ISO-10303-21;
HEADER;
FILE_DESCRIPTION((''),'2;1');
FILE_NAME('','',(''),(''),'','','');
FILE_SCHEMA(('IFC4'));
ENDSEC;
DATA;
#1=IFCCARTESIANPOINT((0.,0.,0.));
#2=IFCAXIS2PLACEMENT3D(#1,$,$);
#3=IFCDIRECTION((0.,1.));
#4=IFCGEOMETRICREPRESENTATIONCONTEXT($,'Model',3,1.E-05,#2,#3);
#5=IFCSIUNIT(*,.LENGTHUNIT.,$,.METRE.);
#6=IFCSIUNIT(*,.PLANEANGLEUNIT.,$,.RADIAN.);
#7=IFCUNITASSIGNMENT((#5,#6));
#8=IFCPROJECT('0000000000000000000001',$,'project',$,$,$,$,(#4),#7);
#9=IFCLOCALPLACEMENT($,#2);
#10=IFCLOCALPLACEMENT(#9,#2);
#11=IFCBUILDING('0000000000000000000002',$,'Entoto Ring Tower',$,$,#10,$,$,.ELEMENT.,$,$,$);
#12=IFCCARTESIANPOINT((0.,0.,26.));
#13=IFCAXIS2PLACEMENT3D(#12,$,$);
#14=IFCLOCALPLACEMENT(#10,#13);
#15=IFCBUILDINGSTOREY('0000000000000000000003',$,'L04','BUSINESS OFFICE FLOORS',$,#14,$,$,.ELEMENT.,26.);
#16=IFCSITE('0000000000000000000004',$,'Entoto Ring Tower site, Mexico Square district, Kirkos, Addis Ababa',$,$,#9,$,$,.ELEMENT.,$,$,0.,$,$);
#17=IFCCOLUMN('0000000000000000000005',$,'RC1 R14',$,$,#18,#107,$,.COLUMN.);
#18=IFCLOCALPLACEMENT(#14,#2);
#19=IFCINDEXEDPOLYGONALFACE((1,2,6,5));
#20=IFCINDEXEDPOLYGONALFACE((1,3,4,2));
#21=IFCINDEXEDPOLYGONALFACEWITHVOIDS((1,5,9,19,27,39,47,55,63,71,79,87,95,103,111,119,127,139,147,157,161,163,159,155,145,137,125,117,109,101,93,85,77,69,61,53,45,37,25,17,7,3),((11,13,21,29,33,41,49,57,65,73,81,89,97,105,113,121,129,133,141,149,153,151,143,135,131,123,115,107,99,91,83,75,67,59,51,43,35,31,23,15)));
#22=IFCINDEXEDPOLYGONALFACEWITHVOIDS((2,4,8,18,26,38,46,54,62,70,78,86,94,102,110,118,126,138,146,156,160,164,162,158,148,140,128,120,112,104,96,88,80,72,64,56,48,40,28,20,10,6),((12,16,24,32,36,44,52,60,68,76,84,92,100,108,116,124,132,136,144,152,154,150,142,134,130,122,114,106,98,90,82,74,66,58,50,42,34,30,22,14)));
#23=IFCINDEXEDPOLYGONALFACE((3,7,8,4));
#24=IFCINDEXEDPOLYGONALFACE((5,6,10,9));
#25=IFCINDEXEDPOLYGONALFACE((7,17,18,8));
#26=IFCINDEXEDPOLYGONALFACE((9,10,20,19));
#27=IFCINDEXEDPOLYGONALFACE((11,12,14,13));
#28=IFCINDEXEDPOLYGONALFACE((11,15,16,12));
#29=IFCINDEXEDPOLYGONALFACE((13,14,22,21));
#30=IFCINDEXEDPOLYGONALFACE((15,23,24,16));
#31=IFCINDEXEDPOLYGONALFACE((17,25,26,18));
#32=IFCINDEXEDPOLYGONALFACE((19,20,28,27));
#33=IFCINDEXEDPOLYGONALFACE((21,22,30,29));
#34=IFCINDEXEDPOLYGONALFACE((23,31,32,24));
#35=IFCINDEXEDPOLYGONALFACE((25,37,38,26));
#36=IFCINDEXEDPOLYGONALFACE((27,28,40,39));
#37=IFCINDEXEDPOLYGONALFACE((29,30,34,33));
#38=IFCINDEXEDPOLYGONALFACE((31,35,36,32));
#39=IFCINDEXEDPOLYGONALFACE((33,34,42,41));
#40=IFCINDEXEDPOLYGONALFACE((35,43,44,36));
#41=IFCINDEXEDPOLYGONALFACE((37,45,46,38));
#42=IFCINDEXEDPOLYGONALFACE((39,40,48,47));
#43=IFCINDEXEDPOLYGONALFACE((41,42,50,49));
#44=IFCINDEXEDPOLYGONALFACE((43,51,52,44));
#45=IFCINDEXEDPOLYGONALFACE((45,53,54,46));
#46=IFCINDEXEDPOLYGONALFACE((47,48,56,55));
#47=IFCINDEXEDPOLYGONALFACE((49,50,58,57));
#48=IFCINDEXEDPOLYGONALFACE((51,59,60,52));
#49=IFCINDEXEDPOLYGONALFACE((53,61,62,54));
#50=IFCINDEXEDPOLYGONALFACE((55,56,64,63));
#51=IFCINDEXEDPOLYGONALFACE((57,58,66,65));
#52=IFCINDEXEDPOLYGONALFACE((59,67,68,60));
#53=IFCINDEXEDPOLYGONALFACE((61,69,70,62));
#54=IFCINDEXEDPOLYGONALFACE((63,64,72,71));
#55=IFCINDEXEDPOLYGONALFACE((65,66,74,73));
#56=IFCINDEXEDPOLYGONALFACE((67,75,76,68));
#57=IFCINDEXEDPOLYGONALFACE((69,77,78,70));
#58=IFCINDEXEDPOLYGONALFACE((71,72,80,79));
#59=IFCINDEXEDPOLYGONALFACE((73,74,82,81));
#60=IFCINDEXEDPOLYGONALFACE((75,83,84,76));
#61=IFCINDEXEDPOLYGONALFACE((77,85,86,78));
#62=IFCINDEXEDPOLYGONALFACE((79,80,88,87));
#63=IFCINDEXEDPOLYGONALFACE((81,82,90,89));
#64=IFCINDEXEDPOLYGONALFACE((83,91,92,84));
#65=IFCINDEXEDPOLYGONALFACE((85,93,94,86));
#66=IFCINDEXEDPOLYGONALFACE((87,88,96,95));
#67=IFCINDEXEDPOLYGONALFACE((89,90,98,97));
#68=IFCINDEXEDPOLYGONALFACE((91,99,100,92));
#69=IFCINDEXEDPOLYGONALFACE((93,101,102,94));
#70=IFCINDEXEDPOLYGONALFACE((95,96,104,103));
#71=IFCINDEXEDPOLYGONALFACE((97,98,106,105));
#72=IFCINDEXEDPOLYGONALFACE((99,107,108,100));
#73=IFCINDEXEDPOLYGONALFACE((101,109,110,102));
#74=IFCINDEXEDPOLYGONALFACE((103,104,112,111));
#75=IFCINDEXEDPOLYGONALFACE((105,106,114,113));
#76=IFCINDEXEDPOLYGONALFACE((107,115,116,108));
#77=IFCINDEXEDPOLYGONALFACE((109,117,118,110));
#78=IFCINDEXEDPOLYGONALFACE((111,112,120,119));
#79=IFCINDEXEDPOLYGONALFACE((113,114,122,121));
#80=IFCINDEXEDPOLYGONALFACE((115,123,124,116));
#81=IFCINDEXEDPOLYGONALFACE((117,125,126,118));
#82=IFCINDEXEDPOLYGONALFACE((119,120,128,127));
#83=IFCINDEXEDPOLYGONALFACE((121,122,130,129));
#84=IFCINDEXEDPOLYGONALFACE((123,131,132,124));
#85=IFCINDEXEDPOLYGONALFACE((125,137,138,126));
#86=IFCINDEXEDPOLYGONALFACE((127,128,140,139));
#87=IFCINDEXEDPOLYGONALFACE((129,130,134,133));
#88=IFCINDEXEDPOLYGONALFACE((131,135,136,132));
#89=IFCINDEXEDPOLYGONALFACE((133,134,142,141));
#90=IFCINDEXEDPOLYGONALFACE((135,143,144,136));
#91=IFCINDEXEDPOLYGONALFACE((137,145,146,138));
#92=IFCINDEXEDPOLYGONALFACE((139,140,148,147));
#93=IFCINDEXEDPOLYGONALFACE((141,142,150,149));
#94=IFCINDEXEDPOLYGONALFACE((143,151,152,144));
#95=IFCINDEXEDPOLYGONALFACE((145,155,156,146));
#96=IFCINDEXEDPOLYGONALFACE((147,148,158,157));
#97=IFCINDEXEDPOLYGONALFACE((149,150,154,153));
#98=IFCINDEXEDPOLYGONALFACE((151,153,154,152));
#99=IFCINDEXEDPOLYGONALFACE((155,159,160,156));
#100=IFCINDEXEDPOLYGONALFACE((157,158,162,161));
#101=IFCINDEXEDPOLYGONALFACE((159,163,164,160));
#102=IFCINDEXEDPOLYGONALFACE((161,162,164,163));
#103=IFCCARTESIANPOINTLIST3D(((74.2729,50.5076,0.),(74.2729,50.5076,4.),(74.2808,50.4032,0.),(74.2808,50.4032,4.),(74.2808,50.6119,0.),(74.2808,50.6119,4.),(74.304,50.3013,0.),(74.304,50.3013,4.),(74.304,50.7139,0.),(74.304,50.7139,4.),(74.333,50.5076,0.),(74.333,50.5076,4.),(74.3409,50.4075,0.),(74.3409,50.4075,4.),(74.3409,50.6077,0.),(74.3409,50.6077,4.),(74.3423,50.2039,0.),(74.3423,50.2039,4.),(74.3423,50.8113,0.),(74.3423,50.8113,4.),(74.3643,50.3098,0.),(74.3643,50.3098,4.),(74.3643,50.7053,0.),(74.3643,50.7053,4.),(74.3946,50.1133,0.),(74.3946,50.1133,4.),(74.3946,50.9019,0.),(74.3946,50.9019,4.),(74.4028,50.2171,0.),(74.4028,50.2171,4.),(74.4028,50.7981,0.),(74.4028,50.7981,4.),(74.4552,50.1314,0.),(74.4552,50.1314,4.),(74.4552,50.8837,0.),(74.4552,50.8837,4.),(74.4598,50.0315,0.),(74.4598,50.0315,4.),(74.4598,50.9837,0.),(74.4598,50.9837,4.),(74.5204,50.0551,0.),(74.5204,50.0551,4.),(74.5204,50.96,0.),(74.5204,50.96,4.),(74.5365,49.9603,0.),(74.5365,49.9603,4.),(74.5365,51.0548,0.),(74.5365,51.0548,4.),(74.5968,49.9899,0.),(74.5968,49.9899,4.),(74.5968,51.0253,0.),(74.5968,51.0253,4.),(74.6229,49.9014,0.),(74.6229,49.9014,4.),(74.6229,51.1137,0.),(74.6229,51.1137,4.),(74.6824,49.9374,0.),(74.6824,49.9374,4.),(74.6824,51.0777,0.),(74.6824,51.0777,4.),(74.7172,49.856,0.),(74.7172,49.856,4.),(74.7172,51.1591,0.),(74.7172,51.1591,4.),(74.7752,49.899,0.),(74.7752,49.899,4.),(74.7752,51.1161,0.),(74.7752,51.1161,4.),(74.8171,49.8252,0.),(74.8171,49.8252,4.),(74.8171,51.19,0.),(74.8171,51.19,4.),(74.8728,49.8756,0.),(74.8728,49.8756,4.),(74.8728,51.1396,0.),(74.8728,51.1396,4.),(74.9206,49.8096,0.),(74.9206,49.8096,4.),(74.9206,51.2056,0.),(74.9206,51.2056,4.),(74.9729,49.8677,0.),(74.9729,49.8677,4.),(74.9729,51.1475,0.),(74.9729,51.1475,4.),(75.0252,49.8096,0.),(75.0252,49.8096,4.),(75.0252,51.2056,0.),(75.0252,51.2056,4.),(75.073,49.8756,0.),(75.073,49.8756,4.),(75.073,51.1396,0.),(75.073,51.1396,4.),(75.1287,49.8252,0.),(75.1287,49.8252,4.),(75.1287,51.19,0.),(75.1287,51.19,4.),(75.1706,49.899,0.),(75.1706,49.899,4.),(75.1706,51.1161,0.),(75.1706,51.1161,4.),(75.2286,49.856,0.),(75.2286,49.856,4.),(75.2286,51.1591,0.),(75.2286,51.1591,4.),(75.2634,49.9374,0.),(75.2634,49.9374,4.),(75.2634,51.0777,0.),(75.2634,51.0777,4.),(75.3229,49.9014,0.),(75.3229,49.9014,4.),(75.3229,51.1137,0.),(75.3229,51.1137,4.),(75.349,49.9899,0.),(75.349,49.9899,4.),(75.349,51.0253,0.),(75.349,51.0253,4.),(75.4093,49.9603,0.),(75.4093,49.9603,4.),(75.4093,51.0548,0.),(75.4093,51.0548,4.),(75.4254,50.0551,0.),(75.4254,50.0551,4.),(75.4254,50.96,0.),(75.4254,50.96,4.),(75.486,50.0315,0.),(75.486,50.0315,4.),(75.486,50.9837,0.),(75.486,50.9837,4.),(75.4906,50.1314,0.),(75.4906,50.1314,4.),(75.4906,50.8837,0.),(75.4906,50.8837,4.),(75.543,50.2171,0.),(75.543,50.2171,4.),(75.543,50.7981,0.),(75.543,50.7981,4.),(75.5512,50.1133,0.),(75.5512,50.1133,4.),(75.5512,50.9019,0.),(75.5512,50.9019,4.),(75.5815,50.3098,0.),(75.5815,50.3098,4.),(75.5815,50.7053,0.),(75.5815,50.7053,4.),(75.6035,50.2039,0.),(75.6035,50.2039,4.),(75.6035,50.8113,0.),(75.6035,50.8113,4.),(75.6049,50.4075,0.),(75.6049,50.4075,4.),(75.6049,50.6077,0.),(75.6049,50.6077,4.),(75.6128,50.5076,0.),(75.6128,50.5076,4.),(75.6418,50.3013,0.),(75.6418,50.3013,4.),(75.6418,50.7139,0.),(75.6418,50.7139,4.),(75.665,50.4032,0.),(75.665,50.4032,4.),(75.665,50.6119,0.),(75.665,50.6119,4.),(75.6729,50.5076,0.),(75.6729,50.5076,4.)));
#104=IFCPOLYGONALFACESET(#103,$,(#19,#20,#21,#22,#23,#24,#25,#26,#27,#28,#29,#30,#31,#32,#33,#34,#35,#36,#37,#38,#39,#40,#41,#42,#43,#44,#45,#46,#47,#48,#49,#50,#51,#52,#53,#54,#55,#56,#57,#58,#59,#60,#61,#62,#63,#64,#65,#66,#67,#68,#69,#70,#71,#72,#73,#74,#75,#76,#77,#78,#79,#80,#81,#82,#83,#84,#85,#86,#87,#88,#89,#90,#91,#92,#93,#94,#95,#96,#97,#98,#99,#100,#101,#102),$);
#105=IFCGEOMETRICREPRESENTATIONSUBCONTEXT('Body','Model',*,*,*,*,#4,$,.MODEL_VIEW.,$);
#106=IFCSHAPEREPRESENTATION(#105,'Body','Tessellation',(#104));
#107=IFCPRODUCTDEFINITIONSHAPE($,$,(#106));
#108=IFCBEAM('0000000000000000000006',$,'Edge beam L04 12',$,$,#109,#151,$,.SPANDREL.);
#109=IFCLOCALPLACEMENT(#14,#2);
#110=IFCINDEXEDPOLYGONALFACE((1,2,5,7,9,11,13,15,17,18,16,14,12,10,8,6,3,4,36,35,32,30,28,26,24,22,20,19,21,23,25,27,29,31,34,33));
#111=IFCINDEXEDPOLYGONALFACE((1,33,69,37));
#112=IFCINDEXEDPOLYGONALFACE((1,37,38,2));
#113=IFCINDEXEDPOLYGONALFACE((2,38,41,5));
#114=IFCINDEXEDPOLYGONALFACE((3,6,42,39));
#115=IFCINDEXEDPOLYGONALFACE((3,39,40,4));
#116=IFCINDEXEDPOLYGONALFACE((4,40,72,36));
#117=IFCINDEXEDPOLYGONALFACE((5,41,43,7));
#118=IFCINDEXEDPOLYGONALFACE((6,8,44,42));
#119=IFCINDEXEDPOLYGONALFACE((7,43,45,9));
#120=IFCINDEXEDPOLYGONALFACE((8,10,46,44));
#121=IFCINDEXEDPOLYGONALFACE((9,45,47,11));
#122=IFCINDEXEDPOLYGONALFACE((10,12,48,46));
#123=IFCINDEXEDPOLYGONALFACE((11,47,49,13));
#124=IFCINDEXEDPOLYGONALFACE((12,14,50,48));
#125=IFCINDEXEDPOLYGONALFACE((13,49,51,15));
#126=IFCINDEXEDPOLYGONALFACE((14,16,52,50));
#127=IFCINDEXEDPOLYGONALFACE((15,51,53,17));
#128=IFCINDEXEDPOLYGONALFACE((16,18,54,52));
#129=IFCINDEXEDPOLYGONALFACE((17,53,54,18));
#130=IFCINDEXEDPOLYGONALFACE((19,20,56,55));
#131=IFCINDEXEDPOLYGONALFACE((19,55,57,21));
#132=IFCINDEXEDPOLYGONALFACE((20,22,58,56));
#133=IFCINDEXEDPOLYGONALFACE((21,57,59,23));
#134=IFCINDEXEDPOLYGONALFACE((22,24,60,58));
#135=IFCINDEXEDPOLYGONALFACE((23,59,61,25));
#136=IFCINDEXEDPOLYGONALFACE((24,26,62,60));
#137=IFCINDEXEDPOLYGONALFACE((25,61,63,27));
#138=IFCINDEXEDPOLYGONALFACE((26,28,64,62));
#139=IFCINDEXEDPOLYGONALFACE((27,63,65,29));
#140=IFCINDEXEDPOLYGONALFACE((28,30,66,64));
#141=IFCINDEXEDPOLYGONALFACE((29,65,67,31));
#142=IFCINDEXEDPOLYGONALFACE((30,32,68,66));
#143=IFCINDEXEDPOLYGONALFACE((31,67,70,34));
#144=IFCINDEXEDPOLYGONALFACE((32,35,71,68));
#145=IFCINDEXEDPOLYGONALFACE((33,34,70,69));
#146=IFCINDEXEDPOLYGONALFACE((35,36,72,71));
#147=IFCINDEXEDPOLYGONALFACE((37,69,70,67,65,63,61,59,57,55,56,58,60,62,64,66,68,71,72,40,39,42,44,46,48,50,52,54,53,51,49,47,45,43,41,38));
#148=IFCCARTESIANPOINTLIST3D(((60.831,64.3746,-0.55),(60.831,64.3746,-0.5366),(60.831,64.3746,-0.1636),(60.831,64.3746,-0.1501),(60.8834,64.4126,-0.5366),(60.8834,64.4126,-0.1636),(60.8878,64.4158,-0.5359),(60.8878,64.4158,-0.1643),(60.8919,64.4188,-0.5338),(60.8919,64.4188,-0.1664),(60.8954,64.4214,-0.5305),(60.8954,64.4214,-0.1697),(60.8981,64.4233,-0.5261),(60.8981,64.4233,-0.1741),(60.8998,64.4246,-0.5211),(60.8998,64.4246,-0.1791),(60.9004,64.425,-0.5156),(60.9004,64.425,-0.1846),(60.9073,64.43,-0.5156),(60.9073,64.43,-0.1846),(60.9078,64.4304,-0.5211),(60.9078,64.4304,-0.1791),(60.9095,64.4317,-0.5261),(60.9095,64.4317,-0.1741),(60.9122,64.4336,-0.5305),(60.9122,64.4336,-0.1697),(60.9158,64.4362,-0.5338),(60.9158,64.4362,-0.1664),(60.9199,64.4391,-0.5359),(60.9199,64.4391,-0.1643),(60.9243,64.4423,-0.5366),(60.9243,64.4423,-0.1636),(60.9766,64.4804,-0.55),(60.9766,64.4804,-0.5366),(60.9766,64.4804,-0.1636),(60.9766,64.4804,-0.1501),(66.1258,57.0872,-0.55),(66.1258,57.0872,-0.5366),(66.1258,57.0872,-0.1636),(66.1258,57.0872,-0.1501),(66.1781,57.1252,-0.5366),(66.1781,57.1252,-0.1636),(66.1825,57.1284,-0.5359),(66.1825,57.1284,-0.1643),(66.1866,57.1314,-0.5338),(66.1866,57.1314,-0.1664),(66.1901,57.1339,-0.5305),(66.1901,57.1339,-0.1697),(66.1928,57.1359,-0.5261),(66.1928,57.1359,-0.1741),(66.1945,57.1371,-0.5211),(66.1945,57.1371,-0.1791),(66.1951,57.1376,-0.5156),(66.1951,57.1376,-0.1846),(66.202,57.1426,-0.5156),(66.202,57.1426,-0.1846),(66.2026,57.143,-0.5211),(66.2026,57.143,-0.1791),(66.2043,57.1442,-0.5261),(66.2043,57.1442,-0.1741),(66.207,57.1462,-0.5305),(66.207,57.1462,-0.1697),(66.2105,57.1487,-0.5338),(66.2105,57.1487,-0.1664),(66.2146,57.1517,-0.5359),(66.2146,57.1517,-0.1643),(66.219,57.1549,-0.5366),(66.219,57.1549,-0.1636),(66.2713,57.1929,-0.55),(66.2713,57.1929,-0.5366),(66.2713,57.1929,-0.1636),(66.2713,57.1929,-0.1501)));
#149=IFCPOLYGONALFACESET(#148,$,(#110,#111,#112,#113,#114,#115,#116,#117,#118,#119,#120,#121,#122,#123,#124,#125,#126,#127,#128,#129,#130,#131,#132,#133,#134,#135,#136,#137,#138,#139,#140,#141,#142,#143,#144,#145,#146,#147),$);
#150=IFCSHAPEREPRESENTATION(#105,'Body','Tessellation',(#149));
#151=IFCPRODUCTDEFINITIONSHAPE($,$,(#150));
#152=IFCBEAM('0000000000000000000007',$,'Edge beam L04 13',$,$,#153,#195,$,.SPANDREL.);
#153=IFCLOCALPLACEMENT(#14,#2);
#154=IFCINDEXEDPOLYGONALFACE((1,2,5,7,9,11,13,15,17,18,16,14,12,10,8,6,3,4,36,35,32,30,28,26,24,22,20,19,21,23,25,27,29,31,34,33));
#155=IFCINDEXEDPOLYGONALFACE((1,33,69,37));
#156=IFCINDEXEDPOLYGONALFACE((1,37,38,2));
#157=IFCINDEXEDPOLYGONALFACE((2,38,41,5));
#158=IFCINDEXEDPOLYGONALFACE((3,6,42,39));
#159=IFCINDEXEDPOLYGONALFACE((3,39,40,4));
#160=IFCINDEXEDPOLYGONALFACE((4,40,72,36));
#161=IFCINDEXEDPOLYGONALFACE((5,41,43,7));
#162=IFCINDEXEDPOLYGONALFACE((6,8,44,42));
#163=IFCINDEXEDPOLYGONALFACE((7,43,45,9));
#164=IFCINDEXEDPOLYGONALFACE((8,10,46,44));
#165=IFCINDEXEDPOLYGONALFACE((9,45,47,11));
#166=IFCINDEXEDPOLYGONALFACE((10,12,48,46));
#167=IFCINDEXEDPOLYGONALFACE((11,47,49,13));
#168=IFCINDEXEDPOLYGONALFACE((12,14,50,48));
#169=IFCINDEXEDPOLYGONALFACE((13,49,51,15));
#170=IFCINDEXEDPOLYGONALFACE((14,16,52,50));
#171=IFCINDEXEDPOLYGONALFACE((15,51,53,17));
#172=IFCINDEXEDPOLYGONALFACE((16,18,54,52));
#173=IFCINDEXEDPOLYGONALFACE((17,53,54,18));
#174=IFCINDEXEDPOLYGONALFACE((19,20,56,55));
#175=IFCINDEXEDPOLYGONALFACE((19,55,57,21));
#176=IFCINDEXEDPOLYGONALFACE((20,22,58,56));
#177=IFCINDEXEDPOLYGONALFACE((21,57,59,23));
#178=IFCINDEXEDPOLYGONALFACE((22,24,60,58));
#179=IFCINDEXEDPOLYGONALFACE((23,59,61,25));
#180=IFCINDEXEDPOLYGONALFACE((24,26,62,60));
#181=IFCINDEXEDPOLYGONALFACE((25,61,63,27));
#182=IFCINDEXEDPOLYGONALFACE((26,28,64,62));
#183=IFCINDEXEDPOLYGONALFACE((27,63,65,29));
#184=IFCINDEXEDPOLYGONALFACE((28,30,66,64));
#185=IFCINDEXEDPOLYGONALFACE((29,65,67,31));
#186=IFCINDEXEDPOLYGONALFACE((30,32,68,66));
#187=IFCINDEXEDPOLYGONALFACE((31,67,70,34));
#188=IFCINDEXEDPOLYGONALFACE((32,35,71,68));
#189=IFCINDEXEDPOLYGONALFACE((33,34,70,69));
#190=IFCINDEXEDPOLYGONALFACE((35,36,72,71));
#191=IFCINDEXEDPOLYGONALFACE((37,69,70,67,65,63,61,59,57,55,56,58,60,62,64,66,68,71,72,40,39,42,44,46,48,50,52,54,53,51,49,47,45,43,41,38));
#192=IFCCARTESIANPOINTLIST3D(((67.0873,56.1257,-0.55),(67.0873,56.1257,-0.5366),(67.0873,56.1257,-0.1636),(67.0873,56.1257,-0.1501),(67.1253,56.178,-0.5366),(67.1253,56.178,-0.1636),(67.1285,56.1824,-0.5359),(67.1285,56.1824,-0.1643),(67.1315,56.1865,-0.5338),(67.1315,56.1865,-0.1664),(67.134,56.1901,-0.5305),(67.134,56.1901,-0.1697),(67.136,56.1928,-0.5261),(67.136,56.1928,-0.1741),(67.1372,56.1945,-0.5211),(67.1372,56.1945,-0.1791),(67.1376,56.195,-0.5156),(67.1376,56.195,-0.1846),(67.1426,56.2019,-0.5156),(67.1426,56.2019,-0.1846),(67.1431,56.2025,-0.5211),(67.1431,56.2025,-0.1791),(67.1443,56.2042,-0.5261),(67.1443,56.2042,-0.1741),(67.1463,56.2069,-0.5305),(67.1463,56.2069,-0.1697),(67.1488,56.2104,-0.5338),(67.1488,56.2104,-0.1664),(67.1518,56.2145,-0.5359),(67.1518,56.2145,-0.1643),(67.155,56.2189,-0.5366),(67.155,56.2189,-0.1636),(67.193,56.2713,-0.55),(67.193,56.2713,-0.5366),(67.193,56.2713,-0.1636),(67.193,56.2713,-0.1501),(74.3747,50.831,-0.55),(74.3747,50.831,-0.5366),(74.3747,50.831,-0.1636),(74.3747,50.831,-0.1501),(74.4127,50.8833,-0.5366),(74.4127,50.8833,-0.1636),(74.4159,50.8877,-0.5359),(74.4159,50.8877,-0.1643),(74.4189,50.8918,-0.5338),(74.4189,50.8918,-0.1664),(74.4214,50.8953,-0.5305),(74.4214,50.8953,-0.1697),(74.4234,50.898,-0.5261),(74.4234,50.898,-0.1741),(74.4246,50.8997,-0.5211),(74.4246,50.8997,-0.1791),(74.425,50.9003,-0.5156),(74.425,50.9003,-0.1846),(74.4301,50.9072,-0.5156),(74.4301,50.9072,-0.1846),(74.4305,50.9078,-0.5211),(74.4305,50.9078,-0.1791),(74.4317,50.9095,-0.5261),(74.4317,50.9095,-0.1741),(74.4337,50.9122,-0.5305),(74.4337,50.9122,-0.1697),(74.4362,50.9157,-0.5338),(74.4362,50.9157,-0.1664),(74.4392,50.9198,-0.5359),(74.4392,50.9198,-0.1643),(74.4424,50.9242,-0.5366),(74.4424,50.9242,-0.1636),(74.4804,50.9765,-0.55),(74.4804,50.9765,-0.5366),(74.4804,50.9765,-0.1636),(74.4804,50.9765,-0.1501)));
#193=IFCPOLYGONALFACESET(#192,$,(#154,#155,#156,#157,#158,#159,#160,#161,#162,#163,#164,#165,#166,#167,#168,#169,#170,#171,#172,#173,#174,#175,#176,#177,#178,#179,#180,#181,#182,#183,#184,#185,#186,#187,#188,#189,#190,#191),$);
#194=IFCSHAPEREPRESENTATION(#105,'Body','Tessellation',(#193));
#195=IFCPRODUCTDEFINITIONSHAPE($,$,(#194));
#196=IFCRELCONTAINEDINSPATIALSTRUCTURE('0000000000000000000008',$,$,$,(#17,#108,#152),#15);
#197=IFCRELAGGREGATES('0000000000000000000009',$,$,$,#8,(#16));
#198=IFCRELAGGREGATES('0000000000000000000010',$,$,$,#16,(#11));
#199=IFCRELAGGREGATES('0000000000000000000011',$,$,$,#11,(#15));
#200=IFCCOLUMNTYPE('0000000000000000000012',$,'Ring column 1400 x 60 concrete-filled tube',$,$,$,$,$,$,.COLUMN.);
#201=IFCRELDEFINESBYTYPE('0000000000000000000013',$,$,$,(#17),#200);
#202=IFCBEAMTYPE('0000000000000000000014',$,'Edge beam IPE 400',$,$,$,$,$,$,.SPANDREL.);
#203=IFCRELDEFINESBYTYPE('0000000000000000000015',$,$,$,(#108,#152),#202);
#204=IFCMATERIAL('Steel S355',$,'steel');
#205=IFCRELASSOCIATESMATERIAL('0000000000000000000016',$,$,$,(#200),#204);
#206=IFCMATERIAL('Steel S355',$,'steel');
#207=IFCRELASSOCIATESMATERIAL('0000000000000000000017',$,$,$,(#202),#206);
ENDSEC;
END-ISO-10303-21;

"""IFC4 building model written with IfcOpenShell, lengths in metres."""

from ifc_helpers import new_model, si_unit, direction, frame, origin, origin_2d, place, context, subcontext, project, spatial, circle, hollow_circle, i_section, extrude, material, material_profile, profile_set, type_object, element, save


model = new_model("IFC4")

# Units and contexts
model_context = context("Model", 3, precision=1e-05, world=origin(), true_north=direction((0.0, 1.0)))
body_context = subcontext(model_context, "Body", "Model", "MODEL_VIEW")
ifc_project = project(units=[si_unit("LENGTHUNIT", "METRE"), si_unit("PLANEANGLEUNIT", "RADIAN")], contexts=[model_context])

# Site, building, storey
site_placement = place(None, origin())
site = spatial("IfcSite", under=ifc_project, at=site_placement, Name="Entoto Ring Tower site, Mexico Square district, Kirkos, Addis Ababa", CompositionType="ELEMENT", RefElevation=0.0)
building_placement = place(site_placement, origin())
building = spatial("IfcBuilding", under=site, at=building_placement, Name="Entoto Ring Tower", CompositionType="ELEMENT")
storey_placement = place(building_placement, frame((0.0, 0.0, 26.0)))
storey = spatial("IfcBuildingStorey", under=building, at=storey_placement, Name="L04", Description="BUSINESS OFFICE FLOORS", CompositionType="ELEMENT", Elevation=26.0)

# Column
ifc_material_1 = material(Name="Steel S355", Category="steel")
ifc_material_profile_1 = material_profile(ifc_material_1, hollow_circle(Radius=0.7, WallThickness=0.0601, at=origin_2d()), Name="CHS 1400 x 60")
ifc_material_2 = material(Name="Concrete C60/75", Category="concrete")
ifc_material_profile_2 = material_profile(ifc_material_2, circle(Radius=0.6399, at=origin_2d()), Name="Concrete C60/75 infill")
ifc_profile_set_1 = profile_set([ifc_material_profile_1, ifc_material_profile_2], Name="Steel S355")
column_type = type_object("IfcColumnType", Name="Ring column 1400 x 60 concrete-filled tube", PredefinedType="COLUMN", material=ifc_profile_set_1)
for number, where, z_axis, x_axis, name in (
    (1, (74.9729, 50.5076, 0.0), (0.0, 0.0, 1.0), (1.0, 0.0, 0.0), "RC1 R14"),
):
    element("IfcColumn", number, at=place(storey_placement, frame(where, z_axis=z_axis, x_axis=x_axis)), inside=storey, type_object=column_type, Name=name, PredefinedType="COLUMN", context=body_context, shape_type="SweptSolid", body=[
        extrude(hollow_circle(Radius=0.7, WallThickness=0.0601, at=origin_2d()), origin(), (0.0, 0.0, 1.0), 4.0),
    ])

# Beams
ifc_material_3 = material(Name="Steel S355", Category="steel")
ifc_material_profile_3 = material_profile(ifc_material_3, i_section(OverallWidth=0.1799, OverallDepth=0.3999, WebThickness=0.0085, FlangeThickness=0.0134, FilletRadius=0.021, at=origin_2d()), Name="IPE 400")
ifc_profile_set_2 = profile_set([ifc_material_profile_3], Name="Steel S355")
beam_type_1 = type_object("IfcBeamType", Name="Edge beam IPE 400", PredefinedType="SPANDREL", material=ifc_profile_set_2)
for number, where, z_axis, x_axis, name in (
    (2, (60.9038, 64.4275, -0.3501), (0.587793, -0.809011, 0.0), (0.809011, 0.587793, 0.0), "Edge beam L04 12"),
    (3, (67.1401, 56.1985, -0.3501), (0.809011, -0.587793, 0.0), (0.587793, 0.809011, 0.0), "Edge beam L04 13"),
):
    element("IfcBeam", number, at=place(storey_placement, frame(where, z_axis=z_axis, x_axis=x_axis)), inside=storey, type_object=beam_type_1, Name=name, PredefinedType="SPANDREL", context=body_context, shape_type="SweptSolid", body=[
        extrude(i_section(OverallWidth=0.1799, OverallDepth=0.3999, WebThickness=0.0085, FlangeThickness=0.0134, FilletRadius=0.021, at=origin_2d()), origin(), (0.0, 0.0, 1.0), 9.0078),
    ])

save(model, "model.ifc")
